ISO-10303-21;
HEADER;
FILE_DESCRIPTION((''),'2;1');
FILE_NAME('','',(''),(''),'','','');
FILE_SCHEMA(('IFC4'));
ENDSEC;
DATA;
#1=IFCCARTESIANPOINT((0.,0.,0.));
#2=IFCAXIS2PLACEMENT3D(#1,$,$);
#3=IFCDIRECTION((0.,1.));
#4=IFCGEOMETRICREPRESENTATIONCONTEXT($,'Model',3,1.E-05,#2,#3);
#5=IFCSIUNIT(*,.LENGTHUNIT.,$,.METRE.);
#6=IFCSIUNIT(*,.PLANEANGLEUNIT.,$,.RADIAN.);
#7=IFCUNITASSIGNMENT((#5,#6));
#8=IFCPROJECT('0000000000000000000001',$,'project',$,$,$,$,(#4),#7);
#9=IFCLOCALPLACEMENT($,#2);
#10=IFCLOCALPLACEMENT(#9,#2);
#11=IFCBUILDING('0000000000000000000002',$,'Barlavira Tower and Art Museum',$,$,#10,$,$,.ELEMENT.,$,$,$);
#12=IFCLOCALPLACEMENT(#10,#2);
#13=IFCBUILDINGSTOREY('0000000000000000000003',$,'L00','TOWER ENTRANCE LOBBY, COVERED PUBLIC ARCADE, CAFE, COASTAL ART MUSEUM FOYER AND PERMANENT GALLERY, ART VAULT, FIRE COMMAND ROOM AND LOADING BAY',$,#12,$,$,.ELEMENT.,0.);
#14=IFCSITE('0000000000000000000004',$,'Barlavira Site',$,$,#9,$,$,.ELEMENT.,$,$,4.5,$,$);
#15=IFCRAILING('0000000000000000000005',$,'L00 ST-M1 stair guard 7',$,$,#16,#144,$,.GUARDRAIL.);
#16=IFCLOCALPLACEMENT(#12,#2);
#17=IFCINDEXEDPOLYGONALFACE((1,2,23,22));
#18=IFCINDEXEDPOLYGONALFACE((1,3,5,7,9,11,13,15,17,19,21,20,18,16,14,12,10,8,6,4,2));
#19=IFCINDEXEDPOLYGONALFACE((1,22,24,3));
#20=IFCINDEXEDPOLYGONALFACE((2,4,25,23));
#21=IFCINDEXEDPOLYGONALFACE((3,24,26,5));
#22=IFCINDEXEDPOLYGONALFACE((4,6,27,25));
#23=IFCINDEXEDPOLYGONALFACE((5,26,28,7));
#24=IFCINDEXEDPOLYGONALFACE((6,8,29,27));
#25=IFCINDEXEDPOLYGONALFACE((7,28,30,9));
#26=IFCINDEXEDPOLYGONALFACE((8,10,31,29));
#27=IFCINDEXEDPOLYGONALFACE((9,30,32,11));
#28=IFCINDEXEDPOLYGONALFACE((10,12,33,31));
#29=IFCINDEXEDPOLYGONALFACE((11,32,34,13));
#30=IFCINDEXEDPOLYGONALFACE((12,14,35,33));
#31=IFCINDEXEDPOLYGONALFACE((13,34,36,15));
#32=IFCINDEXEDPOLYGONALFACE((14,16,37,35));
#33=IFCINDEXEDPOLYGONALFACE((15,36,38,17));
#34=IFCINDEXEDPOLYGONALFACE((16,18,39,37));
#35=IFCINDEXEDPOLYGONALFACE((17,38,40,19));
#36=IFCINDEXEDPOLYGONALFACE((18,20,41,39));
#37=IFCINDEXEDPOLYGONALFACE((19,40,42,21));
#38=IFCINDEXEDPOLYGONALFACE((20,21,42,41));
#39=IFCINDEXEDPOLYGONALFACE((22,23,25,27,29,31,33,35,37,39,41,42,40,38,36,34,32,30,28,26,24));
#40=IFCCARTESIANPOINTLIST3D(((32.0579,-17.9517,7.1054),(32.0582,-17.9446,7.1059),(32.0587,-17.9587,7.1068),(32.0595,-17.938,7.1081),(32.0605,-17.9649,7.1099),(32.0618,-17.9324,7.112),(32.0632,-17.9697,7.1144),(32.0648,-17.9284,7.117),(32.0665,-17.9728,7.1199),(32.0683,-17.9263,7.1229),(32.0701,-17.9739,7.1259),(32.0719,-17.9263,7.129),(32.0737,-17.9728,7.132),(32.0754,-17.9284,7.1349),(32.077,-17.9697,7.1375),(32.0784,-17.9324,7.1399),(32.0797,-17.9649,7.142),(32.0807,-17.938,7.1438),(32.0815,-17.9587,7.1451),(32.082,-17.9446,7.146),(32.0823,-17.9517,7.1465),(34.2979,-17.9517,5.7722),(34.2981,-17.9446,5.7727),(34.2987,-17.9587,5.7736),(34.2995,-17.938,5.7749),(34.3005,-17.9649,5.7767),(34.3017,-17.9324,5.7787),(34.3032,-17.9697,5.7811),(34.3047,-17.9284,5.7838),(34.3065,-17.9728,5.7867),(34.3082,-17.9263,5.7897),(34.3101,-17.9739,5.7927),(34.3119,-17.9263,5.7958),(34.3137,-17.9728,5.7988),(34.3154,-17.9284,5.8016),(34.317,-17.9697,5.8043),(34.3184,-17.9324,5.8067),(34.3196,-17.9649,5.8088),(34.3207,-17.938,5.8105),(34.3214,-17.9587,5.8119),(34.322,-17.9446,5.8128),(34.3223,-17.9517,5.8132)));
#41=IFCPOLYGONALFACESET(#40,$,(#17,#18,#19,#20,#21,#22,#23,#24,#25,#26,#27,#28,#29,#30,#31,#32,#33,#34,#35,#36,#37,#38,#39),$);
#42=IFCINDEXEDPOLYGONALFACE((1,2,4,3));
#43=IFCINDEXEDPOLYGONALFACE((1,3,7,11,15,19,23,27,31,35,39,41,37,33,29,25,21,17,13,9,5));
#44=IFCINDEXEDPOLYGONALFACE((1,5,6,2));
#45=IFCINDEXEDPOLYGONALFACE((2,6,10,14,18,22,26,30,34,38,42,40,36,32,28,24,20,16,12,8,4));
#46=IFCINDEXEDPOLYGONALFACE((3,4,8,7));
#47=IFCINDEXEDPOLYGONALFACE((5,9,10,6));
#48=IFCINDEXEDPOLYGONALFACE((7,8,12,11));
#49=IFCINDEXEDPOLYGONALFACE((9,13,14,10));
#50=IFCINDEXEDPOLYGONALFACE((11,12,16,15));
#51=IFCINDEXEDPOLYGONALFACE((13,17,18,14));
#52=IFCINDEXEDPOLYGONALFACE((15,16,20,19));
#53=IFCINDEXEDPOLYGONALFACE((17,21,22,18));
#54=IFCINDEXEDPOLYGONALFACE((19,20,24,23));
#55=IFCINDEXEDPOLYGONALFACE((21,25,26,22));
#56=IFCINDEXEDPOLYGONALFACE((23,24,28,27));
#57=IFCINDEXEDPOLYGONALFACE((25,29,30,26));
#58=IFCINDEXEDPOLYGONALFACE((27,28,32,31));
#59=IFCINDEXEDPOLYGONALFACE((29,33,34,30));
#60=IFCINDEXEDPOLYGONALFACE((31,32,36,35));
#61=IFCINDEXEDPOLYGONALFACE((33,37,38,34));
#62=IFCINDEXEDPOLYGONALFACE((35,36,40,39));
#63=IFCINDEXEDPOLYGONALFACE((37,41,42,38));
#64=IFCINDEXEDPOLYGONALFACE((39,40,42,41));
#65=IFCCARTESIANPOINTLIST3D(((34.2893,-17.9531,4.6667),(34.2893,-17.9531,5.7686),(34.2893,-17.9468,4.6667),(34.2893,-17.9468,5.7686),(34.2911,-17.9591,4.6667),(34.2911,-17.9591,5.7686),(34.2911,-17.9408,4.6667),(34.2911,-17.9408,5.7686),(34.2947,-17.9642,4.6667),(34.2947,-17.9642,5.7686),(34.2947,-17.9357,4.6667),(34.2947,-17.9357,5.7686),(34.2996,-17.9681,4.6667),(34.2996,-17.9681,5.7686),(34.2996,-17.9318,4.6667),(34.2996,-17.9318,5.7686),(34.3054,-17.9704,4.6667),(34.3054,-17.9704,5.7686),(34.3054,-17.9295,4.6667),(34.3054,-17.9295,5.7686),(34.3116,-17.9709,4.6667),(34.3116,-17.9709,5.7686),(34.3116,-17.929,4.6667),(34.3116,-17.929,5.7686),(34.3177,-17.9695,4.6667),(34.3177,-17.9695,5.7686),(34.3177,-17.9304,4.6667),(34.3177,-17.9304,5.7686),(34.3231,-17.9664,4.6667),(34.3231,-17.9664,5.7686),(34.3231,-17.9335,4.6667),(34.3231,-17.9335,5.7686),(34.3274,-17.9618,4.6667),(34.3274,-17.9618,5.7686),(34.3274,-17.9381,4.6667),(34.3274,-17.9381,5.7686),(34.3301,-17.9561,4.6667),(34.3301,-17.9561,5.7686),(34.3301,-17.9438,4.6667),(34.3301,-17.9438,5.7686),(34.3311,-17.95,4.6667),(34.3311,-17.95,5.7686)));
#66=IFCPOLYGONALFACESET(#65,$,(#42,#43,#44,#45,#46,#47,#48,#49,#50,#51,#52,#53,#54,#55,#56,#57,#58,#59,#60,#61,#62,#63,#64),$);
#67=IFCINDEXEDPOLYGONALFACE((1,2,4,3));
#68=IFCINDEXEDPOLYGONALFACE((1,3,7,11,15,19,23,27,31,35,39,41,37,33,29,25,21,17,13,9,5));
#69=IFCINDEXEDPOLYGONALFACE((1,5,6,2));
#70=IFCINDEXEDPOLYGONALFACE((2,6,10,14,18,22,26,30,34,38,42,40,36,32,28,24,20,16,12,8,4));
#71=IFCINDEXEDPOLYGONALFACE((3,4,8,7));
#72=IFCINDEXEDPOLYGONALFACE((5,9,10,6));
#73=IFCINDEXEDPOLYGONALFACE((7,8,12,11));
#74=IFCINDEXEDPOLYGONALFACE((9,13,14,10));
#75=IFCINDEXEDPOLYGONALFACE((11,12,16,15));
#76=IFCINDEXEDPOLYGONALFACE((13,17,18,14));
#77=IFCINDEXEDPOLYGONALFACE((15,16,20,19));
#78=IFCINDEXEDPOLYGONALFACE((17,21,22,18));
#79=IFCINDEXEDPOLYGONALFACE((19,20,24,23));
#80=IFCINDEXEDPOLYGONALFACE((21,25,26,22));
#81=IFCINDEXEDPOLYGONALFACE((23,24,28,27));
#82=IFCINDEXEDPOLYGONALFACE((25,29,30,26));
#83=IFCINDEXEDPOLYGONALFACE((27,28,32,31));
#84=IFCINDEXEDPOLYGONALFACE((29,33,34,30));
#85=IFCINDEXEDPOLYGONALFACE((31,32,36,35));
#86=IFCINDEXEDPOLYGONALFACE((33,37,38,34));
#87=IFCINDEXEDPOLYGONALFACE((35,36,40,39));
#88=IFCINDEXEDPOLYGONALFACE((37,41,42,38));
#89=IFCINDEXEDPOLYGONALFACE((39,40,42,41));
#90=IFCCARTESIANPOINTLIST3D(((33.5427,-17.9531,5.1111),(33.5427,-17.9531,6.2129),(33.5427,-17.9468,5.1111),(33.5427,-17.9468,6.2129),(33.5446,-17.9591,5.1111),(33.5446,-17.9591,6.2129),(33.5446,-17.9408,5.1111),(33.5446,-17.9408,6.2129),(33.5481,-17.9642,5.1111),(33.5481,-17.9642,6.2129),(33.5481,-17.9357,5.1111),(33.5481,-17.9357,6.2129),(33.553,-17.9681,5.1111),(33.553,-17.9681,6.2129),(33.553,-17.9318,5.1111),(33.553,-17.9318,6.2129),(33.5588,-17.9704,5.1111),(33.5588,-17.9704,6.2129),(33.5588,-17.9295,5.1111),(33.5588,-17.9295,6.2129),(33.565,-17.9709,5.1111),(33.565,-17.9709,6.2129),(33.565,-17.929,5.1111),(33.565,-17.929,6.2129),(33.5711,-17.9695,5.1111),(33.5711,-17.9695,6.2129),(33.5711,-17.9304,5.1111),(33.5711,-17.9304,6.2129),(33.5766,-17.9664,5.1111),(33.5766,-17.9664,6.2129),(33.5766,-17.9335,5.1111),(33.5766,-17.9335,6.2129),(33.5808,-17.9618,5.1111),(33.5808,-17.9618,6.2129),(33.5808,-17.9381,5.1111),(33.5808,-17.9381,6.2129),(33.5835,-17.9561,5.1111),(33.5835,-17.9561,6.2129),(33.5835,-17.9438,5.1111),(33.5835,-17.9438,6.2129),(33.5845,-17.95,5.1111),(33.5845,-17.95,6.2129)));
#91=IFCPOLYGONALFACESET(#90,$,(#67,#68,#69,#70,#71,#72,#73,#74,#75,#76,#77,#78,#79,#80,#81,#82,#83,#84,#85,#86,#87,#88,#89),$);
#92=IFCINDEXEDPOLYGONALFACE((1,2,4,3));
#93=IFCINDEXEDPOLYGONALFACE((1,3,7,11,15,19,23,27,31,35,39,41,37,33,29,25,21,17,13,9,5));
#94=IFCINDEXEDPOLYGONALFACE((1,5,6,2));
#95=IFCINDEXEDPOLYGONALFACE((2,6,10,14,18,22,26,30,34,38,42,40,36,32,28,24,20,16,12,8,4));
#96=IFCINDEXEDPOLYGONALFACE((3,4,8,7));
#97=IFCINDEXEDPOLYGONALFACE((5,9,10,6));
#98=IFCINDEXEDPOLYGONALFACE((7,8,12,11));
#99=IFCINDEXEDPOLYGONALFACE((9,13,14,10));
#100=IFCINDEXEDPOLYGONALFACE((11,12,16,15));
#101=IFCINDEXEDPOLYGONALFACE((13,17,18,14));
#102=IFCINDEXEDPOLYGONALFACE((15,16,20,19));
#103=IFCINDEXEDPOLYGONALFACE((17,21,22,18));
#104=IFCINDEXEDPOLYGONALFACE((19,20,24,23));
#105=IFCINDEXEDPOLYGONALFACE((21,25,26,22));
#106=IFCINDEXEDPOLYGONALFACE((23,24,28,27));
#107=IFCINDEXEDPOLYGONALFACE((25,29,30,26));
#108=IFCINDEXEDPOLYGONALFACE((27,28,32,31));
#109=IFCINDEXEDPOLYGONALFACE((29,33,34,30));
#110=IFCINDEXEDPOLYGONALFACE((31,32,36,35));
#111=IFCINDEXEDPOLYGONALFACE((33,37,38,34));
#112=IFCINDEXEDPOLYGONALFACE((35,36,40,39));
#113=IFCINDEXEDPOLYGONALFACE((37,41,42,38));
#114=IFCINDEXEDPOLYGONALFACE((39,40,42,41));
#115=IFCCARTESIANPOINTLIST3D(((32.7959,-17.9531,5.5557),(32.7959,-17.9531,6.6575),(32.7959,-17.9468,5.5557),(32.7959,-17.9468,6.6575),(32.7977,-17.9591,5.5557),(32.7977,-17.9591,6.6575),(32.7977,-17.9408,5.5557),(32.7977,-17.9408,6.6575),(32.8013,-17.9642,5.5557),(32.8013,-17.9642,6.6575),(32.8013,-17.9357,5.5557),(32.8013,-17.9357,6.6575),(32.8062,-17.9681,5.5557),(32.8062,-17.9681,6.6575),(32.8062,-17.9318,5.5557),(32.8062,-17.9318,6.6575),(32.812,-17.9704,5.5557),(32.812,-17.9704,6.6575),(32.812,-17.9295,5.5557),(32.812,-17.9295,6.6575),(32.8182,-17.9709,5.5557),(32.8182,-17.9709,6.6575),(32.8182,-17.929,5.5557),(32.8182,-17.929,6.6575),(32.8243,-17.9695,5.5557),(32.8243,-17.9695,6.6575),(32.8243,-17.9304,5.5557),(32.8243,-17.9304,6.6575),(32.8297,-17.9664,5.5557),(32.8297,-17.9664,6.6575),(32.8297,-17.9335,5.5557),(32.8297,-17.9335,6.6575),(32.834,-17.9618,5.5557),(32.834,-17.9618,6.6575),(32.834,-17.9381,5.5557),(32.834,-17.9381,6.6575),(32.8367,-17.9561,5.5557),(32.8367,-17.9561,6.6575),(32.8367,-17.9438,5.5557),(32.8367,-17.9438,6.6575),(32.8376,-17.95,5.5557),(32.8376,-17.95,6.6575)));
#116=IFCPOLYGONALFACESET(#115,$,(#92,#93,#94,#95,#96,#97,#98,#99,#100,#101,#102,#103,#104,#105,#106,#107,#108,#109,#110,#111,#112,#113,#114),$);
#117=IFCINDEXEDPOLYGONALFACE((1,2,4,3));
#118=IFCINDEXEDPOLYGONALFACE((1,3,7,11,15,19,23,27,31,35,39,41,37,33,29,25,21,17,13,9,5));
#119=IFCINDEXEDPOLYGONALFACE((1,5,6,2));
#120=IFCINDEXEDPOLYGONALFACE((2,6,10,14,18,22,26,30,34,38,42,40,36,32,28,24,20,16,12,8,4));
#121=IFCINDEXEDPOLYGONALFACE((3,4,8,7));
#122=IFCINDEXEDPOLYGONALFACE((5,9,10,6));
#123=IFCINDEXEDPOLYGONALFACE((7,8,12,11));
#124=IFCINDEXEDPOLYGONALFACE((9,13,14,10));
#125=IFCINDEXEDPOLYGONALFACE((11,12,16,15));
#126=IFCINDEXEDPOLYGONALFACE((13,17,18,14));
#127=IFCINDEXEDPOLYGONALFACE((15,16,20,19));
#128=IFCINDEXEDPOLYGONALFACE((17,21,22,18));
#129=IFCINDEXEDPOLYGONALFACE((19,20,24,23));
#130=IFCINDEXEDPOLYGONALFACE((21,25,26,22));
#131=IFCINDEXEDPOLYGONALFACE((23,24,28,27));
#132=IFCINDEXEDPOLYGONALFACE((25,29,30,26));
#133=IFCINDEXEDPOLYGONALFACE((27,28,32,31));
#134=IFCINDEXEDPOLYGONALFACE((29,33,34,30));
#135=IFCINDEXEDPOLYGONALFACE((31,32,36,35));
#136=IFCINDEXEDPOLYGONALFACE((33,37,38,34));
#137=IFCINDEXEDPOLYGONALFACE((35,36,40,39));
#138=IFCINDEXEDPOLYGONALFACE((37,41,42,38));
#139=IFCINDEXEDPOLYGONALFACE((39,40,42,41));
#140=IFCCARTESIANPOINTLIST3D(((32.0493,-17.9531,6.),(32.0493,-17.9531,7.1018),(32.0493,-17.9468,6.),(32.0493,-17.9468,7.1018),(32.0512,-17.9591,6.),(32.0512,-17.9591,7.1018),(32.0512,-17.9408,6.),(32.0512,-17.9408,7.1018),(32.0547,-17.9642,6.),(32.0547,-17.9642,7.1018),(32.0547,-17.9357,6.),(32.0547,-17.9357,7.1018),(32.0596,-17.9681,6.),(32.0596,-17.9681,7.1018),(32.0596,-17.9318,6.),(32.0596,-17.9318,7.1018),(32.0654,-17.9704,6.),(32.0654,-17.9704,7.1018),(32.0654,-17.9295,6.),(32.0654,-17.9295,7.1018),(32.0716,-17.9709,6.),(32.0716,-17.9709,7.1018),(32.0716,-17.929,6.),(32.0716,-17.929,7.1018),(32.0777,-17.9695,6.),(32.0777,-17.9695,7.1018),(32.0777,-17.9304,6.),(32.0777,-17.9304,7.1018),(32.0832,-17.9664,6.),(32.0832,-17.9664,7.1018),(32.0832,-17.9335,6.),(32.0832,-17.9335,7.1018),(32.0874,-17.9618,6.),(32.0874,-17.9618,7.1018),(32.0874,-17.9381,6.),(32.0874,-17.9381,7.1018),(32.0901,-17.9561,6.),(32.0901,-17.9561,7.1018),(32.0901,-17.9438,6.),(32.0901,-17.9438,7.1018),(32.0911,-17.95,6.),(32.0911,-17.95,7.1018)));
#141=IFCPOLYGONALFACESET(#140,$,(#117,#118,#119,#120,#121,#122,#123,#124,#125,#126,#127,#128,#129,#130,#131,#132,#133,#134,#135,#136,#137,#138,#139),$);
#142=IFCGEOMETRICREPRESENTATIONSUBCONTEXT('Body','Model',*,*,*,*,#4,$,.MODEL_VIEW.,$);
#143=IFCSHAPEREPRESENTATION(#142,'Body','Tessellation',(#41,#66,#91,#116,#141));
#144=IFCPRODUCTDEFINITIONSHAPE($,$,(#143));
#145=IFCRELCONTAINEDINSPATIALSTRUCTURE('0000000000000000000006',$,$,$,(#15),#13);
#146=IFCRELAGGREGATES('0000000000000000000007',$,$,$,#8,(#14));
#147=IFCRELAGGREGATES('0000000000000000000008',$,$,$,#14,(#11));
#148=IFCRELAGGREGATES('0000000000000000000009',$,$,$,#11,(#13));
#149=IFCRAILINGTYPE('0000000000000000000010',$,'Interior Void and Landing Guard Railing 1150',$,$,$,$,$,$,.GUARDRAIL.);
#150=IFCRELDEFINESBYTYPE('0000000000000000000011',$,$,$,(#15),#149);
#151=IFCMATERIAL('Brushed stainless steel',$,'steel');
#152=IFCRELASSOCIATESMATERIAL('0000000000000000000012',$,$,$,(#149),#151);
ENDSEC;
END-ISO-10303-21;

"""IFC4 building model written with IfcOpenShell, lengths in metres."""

from ifc_helpers import new_model, si_unit, direction, frame, origin, origin_2d, place, context, subcontext, project, spatial, circle, extrude, material, type_object, element, save


model = new_model("IFC4")

# Units and contexts
model_context = context("Model", 3, precision=1e-05, world=origin(), true_north=direction((0.0, 1.0)))
body_context = subcontext(model_context, "Body", "Model", "MODEL_VIEW")
ifc_project = project(units=[si_unit("LENGTHUNIT", "METRE"), si_unit("PLANEANGLEUNIT", "RADIAN")], contexts=[model_context])

# Site, building, storey
site_placement = place(None, origin())
site = spatial("IfcSite", under=ifc_project, at=site_placement, Name="Barlavira Site", CompositionType="ELEMENT", RefElevation=4.5)
building_placement = place(site_placement, origin())
building = spatial("IfcBuilding", under=site, at=building_placement, Name="Barlavira Tower and Art Museum", CompositionType="ELEMENT")
storey_placement = place(building_placement, origin())
storey = spatial("IfcBuildingStorey", under=building, at=storey_placement, Name="L00", Description="TOWER ENTRANCE LOBBY, COVERED PUBLIC ARCADE, CAFE, COASTAL ART MUSEUM FOYER AND PERMANENT GALLERY, ART VAULT, FIRE COMMAND ROOM AND LOADING BAY", CompositionType="ELEMENT", Elevation=0.0)

# Shared definitions
ifc_material_1 = material(Name="Brushed stainless steel", Category="steel")

# Railing
railing_type_1 = type_object("IfcRailingType", Name="Interior Void and Landing Guard Railing 1150", PredefinedType="GUARDRAIL", material=ifc_material_1)
railing_1_placement = place(storey_placement, frame((34.3101, -17.95, 4.6667)))
element("IfcRailing", 1, at=railing_1_placement, inside=storey, type_object=railing_type_1, Name="L00 ST-M1 stair guard 7", PredefinedType="GUARDRAIL", context=body_context, shape_type="SweptSolid", body=[
    extrude(circle(Radius=0.0239, at=origin_2d()), frame((0.0, 0.0, 1.126), z_axis=(-0.859306, 0.0, 0.511462), x_axis=(0.0, -1.0, 0.0)), (0.0, 0.0, 1.0), 2.6067),
    extrude(circle(Radius=0.021, at=origin_2d()), origin(), (0.0, 0.0, 1.0), 1.1018),
    extrude(circle(Radius=0.021, at=origin_2d()), frame((-0.7466, 0.0, 0.4443)), (0.0, 0.0, 1.0), 1.1018),
    extrude(circle(Radius=0.021, at=origin_2d()), frame((-1.4934, 0.0, 0.8889)), (0.0, 0.0, 1.0), 1.1018),
    extrude(circle(Radius=0.021, at=origin_2d()), frame((-2.24, 0.0, 1.3333)), (0.0, 0.0, 1.0), 1.1018),
])

save(model, "model.ifc")
